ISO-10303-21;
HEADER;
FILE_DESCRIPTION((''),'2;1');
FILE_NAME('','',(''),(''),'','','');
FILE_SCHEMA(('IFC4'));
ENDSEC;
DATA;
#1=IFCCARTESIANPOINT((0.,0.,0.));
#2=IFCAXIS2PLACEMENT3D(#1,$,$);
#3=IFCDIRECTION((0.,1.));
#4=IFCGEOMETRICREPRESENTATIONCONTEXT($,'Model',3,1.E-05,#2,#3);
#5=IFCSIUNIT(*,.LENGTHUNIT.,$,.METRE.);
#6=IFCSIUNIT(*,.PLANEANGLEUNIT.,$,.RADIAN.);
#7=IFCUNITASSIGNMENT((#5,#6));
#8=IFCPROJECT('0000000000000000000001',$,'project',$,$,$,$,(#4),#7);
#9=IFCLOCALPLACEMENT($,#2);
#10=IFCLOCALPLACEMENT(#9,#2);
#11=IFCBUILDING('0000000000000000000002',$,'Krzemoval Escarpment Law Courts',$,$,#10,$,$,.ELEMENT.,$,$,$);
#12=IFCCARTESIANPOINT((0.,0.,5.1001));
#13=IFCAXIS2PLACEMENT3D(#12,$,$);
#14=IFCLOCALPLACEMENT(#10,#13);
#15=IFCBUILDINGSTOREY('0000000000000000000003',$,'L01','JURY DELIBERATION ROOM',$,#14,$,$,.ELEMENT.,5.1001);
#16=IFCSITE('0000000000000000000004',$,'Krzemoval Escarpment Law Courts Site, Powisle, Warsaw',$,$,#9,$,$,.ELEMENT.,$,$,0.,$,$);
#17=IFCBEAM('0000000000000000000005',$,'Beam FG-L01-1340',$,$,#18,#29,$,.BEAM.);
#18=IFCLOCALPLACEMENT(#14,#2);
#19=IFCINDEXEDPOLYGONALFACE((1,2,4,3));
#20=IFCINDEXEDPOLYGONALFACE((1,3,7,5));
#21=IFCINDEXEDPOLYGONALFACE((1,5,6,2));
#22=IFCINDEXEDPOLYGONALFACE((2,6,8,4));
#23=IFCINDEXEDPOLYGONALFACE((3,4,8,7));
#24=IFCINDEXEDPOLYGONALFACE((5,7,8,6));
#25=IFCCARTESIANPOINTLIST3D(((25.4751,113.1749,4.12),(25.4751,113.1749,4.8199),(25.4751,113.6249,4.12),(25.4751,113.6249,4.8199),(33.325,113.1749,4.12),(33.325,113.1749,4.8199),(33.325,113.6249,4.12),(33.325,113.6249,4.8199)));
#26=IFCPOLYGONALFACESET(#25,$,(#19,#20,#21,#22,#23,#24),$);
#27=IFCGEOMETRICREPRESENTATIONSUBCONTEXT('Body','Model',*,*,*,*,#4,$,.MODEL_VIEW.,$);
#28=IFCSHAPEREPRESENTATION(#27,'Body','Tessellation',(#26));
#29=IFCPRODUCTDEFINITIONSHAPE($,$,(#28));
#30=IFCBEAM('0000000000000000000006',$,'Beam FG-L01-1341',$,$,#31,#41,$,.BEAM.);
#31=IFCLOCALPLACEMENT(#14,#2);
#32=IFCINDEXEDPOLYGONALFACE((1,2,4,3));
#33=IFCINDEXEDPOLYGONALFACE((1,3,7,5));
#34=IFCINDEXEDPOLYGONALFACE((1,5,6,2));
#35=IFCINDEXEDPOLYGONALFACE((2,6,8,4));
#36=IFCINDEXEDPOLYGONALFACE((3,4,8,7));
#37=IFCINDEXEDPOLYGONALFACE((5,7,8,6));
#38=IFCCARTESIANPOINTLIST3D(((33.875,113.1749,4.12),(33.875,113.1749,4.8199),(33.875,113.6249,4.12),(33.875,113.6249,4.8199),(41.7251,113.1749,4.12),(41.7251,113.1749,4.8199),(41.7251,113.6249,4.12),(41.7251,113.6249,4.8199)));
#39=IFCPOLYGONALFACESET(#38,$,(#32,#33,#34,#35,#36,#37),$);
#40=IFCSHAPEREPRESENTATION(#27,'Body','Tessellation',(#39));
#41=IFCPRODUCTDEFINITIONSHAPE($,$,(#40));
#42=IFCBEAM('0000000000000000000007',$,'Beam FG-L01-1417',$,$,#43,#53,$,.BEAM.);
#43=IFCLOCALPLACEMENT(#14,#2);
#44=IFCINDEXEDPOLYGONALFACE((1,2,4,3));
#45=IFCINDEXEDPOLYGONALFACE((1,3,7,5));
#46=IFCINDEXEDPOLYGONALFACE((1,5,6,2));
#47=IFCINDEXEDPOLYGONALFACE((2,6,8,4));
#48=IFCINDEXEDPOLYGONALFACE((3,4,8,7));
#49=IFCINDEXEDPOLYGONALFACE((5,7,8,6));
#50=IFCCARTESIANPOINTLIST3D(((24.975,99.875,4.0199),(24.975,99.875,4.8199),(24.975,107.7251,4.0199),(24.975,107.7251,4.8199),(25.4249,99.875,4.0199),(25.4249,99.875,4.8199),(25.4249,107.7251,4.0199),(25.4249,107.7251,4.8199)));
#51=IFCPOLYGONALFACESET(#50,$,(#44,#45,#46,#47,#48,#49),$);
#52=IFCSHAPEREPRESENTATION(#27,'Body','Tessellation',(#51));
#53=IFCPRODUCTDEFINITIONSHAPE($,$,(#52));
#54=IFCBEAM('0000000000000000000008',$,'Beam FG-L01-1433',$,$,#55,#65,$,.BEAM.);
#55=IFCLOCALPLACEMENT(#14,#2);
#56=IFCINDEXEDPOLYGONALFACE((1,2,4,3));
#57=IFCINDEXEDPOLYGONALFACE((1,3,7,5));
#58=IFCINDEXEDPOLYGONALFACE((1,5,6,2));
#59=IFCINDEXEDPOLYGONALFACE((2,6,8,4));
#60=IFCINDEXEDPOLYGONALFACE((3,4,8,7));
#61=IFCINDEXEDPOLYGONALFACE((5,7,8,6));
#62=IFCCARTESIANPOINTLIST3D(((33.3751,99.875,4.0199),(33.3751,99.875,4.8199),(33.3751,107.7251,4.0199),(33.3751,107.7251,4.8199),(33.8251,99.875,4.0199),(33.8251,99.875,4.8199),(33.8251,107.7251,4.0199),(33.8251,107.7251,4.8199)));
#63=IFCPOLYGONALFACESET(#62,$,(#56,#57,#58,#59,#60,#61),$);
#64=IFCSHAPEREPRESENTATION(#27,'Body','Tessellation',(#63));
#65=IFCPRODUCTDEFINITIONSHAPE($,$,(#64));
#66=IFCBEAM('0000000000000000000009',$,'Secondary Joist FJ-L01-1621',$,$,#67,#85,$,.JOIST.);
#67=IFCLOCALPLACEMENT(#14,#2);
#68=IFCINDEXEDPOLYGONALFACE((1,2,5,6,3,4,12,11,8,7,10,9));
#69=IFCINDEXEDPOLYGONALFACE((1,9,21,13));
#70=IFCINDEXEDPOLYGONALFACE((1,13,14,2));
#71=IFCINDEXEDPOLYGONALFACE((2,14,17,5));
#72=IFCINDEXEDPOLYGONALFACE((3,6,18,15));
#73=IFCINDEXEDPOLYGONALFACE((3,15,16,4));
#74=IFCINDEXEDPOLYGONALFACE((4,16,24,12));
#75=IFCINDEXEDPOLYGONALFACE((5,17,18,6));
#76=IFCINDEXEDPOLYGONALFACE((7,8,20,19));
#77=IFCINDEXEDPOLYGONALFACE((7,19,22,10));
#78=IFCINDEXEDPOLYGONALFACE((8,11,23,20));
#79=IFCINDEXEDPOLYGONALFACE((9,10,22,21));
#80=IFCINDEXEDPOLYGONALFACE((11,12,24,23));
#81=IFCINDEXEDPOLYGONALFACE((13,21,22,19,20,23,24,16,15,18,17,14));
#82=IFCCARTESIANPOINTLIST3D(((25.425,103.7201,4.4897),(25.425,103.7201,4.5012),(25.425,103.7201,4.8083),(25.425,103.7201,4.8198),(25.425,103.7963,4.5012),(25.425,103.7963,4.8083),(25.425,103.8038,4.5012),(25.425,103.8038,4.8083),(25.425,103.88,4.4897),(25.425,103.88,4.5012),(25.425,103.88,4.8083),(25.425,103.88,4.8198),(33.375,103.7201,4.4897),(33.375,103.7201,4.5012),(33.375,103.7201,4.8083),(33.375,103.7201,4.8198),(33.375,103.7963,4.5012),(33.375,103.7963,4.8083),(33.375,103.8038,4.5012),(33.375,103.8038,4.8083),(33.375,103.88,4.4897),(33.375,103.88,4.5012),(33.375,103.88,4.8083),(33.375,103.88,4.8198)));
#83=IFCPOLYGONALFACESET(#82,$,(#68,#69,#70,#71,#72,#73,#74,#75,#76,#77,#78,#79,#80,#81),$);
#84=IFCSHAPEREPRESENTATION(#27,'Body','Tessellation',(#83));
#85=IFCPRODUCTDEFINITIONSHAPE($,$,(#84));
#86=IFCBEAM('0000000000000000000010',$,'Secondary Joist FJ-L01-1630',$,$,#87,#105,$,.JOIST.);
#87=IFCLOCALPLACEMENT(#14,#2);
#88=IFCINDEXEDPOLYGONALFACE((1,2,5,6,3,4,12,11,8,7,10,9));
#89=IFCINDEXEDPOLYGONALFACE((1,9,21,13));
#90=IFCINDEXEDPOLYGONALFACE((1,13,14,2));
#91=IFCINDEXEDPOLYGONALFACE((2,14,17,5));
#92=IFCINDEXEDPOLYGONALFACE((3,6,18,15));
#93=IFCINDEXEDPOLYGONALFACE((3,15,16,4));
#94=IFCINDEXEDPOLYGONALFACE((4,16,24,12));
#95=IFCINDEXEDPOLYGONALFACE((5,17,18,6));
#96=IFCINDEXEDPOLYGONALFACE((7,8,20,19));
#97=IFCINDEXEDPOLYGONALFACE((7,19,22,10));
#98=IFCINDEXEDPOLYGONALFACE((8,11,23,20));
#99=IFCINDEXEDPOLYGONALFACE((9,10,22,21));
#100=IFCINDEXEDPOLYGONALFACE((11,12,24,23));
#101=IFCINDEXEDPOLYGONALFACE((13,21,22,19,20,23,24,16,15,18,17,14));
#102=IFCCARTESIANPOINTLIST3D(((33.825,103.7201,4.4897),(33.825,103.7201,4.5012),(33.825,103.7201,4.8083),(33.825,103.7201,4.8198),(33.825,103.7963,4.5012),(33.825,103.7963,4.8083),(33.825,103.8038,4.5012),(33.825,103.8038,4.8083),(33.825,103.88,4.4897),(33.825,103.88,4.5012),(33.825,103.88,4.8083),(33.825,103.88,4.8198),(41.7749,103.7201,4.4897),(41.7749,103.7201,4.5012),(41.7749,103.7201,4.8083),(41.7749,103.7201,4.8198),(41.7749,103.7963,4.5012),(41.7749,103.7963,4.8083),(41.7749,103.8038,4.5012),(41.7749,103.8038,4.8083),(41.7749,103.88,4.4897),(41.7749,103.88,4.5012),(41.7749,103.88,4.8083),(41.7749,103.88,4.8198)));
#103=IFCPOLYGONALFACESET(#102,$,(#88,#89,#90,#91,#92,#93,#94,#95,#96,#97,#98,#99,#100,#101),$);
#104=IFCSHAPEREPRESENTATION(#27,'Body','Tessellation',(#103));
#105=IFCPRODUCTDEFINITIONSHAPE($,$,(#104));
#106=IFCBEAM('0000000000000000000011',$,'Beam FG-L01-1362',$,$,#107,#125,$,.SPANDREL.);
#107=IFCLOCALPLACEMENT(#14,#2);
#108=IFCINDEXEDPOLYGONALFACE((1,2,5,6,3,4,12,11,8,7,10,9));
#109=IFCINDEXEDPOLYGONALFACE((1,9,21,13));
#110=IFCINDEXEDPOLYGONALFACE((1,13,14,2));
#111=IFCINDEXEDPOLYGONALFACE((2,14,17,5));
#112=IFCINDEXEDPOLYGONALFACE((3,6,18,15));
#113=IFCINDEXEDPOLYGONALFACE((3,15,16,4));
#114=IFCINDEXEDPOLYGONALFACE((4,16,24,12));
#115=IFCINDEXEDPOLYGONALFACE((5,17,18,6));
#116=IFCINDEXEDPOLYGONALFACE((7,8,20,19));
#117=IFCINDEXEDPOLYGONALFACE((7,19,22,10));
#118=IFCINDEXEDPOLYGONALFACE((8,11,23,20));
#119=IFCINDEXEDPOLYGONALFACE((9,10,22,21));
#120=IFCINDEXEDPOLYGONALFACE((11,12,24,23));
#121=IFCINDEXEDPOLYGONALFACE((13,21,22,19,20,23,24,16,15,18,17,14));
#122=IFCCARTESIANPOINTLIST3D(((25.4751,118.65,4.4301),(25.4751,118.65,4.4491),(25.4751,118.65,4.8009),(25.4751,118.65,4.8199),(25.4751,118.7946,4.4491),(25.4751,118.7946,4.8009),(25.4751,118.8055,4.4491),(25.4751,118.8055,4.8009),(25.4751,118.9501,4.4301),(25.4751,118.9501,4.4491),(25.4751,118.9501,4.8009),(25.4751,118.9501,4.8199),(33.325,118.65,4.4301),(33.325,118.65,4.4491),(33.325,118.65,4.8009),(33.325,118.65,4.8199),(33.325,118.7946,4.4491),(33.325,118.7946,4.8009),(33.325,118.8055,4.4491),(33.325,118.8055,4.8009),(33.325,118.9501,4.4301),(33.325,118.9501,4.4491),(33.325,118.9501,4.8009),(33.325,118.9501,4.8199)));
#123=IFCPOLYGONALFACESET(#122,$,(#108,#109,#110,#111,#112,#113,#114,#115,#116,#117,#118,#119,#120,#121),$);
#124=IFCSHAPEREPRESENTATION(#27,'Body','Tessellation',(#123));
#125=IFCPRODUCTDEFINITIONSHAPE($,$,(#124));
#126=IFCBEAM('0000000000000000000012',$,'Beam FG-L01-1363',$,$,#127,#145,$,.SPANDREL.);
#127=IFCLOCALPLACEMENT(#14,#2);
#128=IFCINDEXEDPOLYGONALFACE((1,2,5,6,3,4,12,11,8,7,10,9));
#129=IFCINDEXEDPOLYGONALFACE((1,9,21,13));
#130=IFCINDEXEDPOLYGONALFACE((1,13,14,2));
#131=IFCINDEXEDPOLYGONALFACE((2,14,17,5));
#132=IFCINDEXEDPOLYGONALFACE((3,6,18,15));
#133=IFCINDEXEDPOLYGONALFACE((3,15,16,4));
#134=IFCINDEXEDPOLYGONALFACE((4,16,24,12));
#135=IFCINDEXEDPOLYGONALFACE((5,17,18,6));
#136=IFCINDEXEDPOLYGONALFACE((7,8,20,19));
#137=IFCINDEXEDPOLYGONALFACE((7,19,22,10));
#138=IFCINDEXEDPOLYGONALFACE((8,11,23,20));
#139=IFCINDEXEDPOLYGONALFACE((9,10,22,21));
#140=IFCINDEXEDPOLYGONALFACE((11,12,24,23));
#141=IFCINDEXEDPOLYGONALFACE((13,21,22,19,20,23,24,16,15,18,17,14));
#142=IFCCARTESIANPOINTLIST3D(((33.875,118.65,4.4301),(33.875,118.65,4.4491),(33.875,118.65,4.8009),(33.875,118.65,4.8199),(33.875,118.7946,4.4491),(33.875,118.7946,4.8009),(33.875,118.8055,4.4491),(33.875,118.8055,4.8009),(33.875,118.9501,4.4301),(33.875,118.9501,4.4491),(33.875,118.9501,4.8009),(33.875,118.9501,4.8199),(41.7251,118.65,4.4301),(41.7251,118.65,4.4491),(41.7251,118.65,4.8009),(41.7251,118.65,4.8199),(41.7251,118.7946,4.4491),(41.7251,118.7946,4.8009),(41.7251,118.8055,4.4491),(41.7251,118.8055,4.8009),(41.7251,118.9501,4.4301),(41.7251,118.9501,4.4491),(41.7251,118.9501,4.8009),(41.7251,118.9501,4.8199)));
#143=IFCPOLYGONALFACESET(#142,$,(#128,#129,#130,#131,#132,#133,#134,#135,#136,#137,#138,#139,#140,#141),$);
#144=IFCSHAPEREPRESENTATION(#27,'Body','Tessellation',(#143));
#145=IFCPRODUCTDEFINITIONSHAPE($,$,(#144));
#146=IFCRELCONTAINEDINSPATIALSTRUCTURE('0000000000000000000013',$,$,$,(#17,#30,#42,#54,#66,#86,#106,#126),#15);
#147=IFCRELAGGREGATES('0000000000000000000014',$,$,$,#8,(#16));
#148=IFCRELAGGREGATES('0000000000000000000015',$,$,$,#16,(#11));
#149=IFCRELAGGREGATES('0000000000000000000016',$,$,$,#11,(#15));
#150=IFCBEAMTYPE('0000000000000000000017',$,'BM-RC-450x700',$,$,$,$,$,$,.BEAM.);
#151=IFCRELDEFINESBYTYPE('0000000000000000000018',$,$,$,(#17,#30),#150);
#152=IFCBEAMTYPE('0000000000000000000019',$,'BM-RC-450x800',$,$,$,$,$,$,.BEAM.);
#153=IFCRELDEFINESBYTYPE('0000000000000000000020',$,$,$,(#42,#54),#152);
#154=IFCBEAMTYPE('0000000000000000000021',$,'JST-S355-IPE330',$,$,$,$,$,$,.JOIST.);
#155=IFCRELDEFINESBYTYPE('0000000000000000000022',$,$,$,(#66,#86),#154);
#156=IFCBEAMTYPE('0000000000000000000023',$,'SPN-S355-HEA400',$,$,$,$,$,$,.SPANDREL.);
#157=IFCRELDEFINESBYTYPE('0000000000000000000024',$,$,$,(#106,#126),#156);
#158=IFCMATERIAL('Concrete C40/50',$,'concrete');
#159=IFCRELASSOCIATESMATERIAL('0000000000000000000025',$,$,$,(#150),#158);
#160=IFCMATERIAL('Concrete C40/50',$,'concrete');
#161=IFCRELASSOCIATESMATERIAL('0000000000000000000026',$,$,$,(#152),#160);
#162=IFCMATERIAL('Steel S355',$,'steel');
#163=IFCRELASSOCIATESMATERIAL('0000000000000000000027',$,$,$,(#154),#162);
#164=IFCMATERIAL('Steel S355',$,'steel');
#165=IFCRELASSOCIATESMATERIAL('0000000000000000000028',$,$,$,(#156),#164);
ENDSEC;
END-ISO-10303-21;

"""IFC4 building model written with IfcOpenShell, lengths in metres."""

from ifc_helpers import new_model, si_unit, direction, frame, origin, origin_2d, place, context, subcontext, project, spatial, rectangle, i_section, extrude, material, material_profile, profile_set, type_object, element, save


model = new_model("IFC4")

# Units and contexts
model_context = context("Model", 3, precision=1e-05, world=origin(), true_north=direction((0.0, 1.0)))
body_context = subcontext(model_context, "Body", "Model", "MODEL_VIEW")
ifc_project = project(units=[si_unit("LENGTHUNIT", "METRE"), si_unit("PLANEANGLEUNIT", "RADIAN")], contexts=[model_context])

# Site, building, storey
site_placement = place(None, origin())
site = spatial("IfcSite", under=ifc_project, at=site_placement, Name="Krzemoval Escarpment Law Courts Site, Powisle, Warsaw", CompositionType="ELEMENT", RefElevation=0.0)
building_placement = place(site_placement, origin())
building = spatial("IfcBuilding", under=site, at=building_placement, Name="Krzemoval Escarpment Law Courts", CompositionType="ELEMENT")
storey_placement = place(building_placement, frame((0.0, 0.0, 5.1001)))
storey = spatial("IfcBuildingStorey", under=building, at=storey_placement, Name="L01", Description="JURY DELIBERATION ROOM", CompositionType="ELEMENT", Elevation=5.1001)

# Beams
ifc_material_1 = material(Name="Concrete C40/50", Category="concrete")
ifc_material_profile_1 = material_profile(ifc_material_1, rectangle(XDim=0.45, YDim=0.7, at=origin_2d()), Name="RCB 450x700")
ifc_profile_set_1 = profile_set([ifc_material_profile_1], Name="Concrete C40/50")
beam_type_1 = type_object("IfcBeamType", Name="BM-RC-450x700", PredefinedType="BEAM", material=ifc_profile_set_1)
beam_1_placement = place(storey_placement, frame((25.4751, 113.3999, 4.47), z_axis=(1.0, 0.0, 0.0), x_axis=(0.0, 1.0, 0.0)))
element("IfcBeam", 1, at=beam_1_placement, inside=storey, type_object=beam_type_1, Name="Beam FG-L01-1340", PredefinedType="BEAM", context=body_context, shape_type="SweptSolid", body=[
    extrude(rectangle(XDim=0.45, YDim=0.7, at=origin_2d()), origin(), (0.0, 0.0, 1.0), 7.8499),
])
beam_2_placement = place(storey_placement, frame((33.875, 113.3999, 4.47), z_axis=(1.0, 0.0, 0.0), x_axis=(0.0, 1.0, 0.0)))
element("IfcBeam", 2, at=beam_2_placement, inside=storey, type_object=beam_type_1, Name="Beam FG-L01-1341", PredefinedType="BEAM", context=body_context, shape_type="SweptSolid", body=[
    extrude(rectangle(XDim=0.45, YDim=0.7, at=origin_2d()), origin(), (0.0, 0.0, 1.0), 7.8501),
])
ifc_material_2 = material(Name="Concrete C40/50", Category="concrete")
ifc_material_profile_2 = material_profile(ifc_material_2, rectangle(XDim=0.45, YDim=0.8, at=origin_2d()), Name="RCB 450x800")
ifc_profile_set_2 = profile_set([ifc_material_profile_2], Name="Concrete C40/50")
beam_type_2 = type_object("IfcBeamType", Name="BM-RC-450x800", PredefinedType="BEAM", material=ifc_profile_set_2)
for number, where, z_axis, x_axis, name in (
    (3, (25.2, 99.875, 4.4199), (0.0, 1.0, 0.0), (-1.0, 0.0, 0.0), "Beam FG-L01-1417"),
    (4, (33.6001, 99.875, 4.4199), (0.0, 1.0, 0.0), (-1.0, 0.0, 0.0), "Beam FG-L01-1433"),
):
    element("IfcBeam", number, at=place(storey_placement, frame(where, z_axis=z_axis, x_axis=x_axis)), inside=storey, type_object=beam_type_2, Name=name, PredefinedType="BEAM", context=body_context, shape_type="SweptSolid", body=[
        extrude(rectangle(XDim=0.45, YDim=0.8, at=origin_2d()), origin(), (0.0, 0.0, 1.0), 7.8501),
    ])
ifc_material_3 = material(Name="Steel S355", Category="steel")
ifc_material_profile_3 = material_profile(ifc_material_3, i_section(OverallWidth=0.1599, OverallDepth=0.3301, WebThickness=0.0076, FlangeThickness=0.0115, at=origin_2d()), Name="IPE 330")
ifc_profile_set_3 = profile_set([ifc_material_profile_3], Name="Steel S355")
beam_type_3 = type_object("IfcBeamType", Name="JST-S355-IPE330", PredefinedType="JOIST", material=ifc_profile_set_3)
for number, where, z_axis, x_axis, name in (
    (5, (25.425, 103.8, 4.6548), (1.0, 0.0, 0.0), (0.0, 1.0, 0.0), "Secondary Joist FJ-L01-1621"),
    (6, (33.825, 103.8, 4.6548), (1.0, 0.0, 0.0), (0.0, 1.0, 0.0), "Secondary Joist FJ-L01-1630"),
):
    element("IfcBeam", number, at=place(storey_placement, frame(where, z_axis=z_axis, x_axis=x_axis)), inside=storey, type_object=beam_type_3, Name=name, PredefinedType="JOIST", context=body_context, shape_type="SweptSolid", body=[
        extrude(i_section(OverallWidth=0.1599, OverallDepth=0.3301, WebThickness=0.0076, FlangeThickness=0.0115, at=origin_2d()), origin(), (0.0, 0.0, 1.0), 7.95),
    ])
ifc_material_4 = material(Name="Steel S355", Category="steel")
ifc_material_profile_4 = material_profile(ifc_material_4, i_section(OverallWidth=0.3, OverallDepth=0.3899, WebThickness=0.011, FlangeThickness=0.019, at=origin_2d()), Name="HEA 400")
ifc_profile_set_4 = profile_set([ifc_material_profile_4], Name="Steel S355")
beam_type_4 = type_object("IfcBeamType", Name="SPN-S355-HEA400", PredefinedType="SPANDREL", material=ifc_profile_set_4)
beam_3_placement = place(storey_placement, frame((25.4751, 118.8, 4.625), z_axis=(1.0, 0.0, 0.0), x_axis=(0.0, 1.0, 0.0)))
element("IfcBeam", 7, at=beam_3_placement, inside=storey, type_object=beam_type_4, Name="Beam FG-L01-1362", PredefinedType="SPANDREL", context=body_context, shape_type="SweptSolid", body=[
    extrude(i_section(OverallWidth=0.3, OverallDepth=0.3899, WebThickness=0.011, FlangeThickness=0.019, at=origin_2d()), origin(), (0.0, 0.0, 1.0), 7.8499),
])
beam_4_placement = place(storey_placement, frame((33.875, 118.8, 4.625), z_axis=(1.0, 0.0, 0.0), x_axis=(0.0, 1.0, 0.0)))
element("IfcBeam", 8, at=beam_4_placement, inside=storey, type_object=beam_type_4, Name="Beam FG-L01-1363", PredefinedType="SPANDREL", context=body_context, shape_type="SweptSolid", body=[
    extrude(i_section(OverallWidth=0.3, OverallDepth=0.3899, WebThickness=0.011, FlangeThickness=0.019, at=origin_2d()), origin(), (0.0, 0.0, 1.0), 7.8501),
])

save(model, "model.ifc")
